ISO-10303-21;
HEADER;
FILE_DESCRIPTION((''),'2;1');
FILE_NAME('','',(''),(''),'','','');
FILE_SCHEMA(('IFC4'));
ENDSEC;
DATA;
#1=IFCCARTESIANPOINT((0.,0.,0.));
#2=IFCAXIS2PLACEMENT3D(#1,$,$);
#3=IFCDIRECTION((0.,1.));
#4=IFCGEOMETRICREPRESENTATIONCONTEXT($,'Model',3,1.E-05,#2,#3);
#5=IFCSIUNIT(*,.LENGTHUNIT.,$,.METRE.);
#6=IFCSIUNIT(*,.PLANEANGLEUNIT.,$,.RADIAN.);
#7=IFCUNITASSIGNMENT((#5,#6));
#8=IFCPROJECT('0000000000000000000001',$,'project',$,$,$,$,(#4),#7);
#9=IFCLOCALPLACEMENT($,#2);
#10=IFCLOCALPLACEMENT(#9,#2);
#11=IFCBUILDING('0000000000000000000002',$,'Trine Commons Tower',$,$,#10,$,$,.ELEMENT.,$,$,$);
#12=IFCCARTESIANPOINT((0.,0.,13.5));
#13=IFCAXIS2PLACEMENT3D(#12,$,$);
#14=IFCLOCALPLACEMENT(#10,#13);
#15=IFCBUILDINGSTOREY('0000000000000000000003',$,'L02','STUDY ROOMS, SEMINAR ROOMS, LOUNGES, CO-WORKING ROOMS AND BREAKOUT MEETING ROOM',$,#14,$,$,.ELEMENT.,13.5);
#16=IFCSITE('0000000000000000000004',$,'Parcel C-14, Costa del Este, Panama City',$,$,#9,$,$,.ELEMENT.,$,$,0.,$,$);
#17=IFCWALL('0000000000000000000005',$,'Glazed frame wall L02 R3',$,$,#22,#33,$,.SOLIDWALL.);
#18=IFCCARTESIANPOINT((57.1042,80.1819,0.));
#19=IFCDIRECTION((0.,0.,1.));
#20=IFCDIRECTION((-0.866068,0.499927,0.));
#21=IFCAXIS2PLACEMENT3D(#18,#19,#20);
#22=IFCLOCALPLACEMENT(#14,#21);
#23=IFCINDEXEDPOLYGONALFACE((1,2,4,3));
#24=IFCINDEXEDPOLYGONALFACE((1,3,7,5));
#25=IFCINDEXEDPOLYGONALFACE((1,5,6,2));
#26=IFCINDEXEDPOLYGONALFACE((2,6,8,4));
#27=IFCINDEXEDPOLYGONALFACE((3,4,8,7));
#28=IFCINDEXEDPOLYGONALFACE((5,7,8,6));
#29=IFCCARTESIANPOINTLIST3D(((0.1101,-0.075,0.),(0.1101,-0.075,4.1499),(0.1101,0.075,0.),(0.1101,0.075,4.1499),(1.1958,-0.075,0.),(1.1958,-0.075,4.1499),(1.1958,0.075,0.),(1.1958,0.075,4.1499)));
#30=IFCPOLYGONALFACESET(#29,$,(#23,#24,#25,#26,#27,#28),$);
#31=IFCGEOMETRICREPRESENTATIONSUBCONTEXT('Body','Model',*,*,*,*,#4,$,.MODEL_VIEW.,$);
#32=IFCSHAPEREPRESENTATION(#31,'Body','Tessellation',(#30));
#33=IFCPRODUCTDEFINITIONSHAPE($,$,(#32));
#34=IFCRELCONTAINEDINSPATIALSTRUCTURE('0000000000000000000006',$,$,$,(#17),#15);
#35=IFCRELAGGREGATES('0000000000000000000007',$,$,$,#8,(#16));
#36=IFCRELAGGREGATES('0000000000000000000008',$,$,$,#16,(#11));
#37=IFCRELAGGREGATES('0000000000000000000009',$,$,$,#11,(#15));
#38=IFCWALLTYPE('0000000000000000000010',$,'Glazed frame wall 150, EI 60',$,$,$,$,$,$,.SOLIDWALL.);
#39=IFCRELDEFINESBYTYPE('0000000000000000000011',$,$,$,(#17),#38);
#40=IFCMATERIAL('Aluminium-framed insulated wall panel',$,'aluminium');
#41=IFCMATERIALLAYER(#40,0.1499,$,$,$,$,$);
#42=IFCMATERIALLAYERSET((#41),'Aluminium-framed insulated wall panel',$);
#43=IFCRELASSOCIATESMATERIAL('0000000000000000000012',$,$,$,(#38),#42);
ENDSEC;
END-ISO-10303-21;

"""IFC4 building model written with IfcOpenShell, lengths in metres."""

from ifc_helpers import new_model, si_unit, direction, frame, origin, place, context, subcontext, project, spatial, polyline, outline, extrude, material, layer, layer_set, type_object, element, save


model = new_model("IFC4")

# Units and contexts
model_context = context("Model", 3, precision=1e-05, world=origin(), true_north=direction((0.0, 1.0)))
body_context = subcontext(model_context, "Body", "Model", "MODEL_VIEW")
ifc_project = project(units=[si_unit("LENGTHUNIT", "METRE"), si_unit("PLANEANGLEUNIT", "RADIAN")], contexts=[model_context])

# Site, building, storey
site_placement = place(None, origin())
site = spatial("IfcSite", under=ifc_project, at=site_placement, Name="Parcel C-14, Costa del Este, Panama City", CompositionType="ELEMENT", RefElevation=0.0)
building_placement = place(site_placement, origin())
building = spatial("IfcBuilding", under=site, at=building_placement, Name="Trine Commons Tower", CompositionType="ELEMENT")
storey_placement = place(building_placement, frame((0.0, 0.0, 13.5)))
storey = spatial("IfcBuildingStorey", under=building, at=storey_placement, Name="L02", Description="STUDY ROOMS, SEMINAR ROOMS, LOUNGES, CO-WORKING ROOMS AND BREAKOUT MEETING ROOM", CompositionType="ELEMENT", Elevation=13.5)

# Wall
ifc_material_1 = material(Name="Aluminium-framed insulated wall panel", Category="aluminium")
ifc_layer_1 = layer(ifc_material_1, 0.1499)
ifc_layer_set_1 = layer_set([ifc_layer_1], Name="Aluminium-framed insulated wall panel")
wall_type_1 = type_object("IfcWallType", Name="Glazed frame wall 150, EI 60", PredefinedType="SOLIDWALL", material=ifc_layer_set_1)
wall_1_placement = place(storey_placement, frame((57.1042, 80.1819, 0.0), z_axis=(0.0, 0.0, 1.0), x_axis=(-0.866068, 0.499927, 0.0)))
element("IfcWall", 1, at=wall_1_placement, inside=storey, type_object=wall_type_1, Name="Glazed frame wall L02 R3", PredefinedType="SOLIDWALL", context=body_context, shape_type="SweptSolid", body=[
    extrude(outline(polyline([(0.1101, 0.075), (0.1101, -0.075), (1.1958, -0.075), (1.1958, 0.075), (0.1101, 0.075)])), origin(), (0.0, 0.0, 1.0), 4.1499),
])

save(model, "model.ifc")
